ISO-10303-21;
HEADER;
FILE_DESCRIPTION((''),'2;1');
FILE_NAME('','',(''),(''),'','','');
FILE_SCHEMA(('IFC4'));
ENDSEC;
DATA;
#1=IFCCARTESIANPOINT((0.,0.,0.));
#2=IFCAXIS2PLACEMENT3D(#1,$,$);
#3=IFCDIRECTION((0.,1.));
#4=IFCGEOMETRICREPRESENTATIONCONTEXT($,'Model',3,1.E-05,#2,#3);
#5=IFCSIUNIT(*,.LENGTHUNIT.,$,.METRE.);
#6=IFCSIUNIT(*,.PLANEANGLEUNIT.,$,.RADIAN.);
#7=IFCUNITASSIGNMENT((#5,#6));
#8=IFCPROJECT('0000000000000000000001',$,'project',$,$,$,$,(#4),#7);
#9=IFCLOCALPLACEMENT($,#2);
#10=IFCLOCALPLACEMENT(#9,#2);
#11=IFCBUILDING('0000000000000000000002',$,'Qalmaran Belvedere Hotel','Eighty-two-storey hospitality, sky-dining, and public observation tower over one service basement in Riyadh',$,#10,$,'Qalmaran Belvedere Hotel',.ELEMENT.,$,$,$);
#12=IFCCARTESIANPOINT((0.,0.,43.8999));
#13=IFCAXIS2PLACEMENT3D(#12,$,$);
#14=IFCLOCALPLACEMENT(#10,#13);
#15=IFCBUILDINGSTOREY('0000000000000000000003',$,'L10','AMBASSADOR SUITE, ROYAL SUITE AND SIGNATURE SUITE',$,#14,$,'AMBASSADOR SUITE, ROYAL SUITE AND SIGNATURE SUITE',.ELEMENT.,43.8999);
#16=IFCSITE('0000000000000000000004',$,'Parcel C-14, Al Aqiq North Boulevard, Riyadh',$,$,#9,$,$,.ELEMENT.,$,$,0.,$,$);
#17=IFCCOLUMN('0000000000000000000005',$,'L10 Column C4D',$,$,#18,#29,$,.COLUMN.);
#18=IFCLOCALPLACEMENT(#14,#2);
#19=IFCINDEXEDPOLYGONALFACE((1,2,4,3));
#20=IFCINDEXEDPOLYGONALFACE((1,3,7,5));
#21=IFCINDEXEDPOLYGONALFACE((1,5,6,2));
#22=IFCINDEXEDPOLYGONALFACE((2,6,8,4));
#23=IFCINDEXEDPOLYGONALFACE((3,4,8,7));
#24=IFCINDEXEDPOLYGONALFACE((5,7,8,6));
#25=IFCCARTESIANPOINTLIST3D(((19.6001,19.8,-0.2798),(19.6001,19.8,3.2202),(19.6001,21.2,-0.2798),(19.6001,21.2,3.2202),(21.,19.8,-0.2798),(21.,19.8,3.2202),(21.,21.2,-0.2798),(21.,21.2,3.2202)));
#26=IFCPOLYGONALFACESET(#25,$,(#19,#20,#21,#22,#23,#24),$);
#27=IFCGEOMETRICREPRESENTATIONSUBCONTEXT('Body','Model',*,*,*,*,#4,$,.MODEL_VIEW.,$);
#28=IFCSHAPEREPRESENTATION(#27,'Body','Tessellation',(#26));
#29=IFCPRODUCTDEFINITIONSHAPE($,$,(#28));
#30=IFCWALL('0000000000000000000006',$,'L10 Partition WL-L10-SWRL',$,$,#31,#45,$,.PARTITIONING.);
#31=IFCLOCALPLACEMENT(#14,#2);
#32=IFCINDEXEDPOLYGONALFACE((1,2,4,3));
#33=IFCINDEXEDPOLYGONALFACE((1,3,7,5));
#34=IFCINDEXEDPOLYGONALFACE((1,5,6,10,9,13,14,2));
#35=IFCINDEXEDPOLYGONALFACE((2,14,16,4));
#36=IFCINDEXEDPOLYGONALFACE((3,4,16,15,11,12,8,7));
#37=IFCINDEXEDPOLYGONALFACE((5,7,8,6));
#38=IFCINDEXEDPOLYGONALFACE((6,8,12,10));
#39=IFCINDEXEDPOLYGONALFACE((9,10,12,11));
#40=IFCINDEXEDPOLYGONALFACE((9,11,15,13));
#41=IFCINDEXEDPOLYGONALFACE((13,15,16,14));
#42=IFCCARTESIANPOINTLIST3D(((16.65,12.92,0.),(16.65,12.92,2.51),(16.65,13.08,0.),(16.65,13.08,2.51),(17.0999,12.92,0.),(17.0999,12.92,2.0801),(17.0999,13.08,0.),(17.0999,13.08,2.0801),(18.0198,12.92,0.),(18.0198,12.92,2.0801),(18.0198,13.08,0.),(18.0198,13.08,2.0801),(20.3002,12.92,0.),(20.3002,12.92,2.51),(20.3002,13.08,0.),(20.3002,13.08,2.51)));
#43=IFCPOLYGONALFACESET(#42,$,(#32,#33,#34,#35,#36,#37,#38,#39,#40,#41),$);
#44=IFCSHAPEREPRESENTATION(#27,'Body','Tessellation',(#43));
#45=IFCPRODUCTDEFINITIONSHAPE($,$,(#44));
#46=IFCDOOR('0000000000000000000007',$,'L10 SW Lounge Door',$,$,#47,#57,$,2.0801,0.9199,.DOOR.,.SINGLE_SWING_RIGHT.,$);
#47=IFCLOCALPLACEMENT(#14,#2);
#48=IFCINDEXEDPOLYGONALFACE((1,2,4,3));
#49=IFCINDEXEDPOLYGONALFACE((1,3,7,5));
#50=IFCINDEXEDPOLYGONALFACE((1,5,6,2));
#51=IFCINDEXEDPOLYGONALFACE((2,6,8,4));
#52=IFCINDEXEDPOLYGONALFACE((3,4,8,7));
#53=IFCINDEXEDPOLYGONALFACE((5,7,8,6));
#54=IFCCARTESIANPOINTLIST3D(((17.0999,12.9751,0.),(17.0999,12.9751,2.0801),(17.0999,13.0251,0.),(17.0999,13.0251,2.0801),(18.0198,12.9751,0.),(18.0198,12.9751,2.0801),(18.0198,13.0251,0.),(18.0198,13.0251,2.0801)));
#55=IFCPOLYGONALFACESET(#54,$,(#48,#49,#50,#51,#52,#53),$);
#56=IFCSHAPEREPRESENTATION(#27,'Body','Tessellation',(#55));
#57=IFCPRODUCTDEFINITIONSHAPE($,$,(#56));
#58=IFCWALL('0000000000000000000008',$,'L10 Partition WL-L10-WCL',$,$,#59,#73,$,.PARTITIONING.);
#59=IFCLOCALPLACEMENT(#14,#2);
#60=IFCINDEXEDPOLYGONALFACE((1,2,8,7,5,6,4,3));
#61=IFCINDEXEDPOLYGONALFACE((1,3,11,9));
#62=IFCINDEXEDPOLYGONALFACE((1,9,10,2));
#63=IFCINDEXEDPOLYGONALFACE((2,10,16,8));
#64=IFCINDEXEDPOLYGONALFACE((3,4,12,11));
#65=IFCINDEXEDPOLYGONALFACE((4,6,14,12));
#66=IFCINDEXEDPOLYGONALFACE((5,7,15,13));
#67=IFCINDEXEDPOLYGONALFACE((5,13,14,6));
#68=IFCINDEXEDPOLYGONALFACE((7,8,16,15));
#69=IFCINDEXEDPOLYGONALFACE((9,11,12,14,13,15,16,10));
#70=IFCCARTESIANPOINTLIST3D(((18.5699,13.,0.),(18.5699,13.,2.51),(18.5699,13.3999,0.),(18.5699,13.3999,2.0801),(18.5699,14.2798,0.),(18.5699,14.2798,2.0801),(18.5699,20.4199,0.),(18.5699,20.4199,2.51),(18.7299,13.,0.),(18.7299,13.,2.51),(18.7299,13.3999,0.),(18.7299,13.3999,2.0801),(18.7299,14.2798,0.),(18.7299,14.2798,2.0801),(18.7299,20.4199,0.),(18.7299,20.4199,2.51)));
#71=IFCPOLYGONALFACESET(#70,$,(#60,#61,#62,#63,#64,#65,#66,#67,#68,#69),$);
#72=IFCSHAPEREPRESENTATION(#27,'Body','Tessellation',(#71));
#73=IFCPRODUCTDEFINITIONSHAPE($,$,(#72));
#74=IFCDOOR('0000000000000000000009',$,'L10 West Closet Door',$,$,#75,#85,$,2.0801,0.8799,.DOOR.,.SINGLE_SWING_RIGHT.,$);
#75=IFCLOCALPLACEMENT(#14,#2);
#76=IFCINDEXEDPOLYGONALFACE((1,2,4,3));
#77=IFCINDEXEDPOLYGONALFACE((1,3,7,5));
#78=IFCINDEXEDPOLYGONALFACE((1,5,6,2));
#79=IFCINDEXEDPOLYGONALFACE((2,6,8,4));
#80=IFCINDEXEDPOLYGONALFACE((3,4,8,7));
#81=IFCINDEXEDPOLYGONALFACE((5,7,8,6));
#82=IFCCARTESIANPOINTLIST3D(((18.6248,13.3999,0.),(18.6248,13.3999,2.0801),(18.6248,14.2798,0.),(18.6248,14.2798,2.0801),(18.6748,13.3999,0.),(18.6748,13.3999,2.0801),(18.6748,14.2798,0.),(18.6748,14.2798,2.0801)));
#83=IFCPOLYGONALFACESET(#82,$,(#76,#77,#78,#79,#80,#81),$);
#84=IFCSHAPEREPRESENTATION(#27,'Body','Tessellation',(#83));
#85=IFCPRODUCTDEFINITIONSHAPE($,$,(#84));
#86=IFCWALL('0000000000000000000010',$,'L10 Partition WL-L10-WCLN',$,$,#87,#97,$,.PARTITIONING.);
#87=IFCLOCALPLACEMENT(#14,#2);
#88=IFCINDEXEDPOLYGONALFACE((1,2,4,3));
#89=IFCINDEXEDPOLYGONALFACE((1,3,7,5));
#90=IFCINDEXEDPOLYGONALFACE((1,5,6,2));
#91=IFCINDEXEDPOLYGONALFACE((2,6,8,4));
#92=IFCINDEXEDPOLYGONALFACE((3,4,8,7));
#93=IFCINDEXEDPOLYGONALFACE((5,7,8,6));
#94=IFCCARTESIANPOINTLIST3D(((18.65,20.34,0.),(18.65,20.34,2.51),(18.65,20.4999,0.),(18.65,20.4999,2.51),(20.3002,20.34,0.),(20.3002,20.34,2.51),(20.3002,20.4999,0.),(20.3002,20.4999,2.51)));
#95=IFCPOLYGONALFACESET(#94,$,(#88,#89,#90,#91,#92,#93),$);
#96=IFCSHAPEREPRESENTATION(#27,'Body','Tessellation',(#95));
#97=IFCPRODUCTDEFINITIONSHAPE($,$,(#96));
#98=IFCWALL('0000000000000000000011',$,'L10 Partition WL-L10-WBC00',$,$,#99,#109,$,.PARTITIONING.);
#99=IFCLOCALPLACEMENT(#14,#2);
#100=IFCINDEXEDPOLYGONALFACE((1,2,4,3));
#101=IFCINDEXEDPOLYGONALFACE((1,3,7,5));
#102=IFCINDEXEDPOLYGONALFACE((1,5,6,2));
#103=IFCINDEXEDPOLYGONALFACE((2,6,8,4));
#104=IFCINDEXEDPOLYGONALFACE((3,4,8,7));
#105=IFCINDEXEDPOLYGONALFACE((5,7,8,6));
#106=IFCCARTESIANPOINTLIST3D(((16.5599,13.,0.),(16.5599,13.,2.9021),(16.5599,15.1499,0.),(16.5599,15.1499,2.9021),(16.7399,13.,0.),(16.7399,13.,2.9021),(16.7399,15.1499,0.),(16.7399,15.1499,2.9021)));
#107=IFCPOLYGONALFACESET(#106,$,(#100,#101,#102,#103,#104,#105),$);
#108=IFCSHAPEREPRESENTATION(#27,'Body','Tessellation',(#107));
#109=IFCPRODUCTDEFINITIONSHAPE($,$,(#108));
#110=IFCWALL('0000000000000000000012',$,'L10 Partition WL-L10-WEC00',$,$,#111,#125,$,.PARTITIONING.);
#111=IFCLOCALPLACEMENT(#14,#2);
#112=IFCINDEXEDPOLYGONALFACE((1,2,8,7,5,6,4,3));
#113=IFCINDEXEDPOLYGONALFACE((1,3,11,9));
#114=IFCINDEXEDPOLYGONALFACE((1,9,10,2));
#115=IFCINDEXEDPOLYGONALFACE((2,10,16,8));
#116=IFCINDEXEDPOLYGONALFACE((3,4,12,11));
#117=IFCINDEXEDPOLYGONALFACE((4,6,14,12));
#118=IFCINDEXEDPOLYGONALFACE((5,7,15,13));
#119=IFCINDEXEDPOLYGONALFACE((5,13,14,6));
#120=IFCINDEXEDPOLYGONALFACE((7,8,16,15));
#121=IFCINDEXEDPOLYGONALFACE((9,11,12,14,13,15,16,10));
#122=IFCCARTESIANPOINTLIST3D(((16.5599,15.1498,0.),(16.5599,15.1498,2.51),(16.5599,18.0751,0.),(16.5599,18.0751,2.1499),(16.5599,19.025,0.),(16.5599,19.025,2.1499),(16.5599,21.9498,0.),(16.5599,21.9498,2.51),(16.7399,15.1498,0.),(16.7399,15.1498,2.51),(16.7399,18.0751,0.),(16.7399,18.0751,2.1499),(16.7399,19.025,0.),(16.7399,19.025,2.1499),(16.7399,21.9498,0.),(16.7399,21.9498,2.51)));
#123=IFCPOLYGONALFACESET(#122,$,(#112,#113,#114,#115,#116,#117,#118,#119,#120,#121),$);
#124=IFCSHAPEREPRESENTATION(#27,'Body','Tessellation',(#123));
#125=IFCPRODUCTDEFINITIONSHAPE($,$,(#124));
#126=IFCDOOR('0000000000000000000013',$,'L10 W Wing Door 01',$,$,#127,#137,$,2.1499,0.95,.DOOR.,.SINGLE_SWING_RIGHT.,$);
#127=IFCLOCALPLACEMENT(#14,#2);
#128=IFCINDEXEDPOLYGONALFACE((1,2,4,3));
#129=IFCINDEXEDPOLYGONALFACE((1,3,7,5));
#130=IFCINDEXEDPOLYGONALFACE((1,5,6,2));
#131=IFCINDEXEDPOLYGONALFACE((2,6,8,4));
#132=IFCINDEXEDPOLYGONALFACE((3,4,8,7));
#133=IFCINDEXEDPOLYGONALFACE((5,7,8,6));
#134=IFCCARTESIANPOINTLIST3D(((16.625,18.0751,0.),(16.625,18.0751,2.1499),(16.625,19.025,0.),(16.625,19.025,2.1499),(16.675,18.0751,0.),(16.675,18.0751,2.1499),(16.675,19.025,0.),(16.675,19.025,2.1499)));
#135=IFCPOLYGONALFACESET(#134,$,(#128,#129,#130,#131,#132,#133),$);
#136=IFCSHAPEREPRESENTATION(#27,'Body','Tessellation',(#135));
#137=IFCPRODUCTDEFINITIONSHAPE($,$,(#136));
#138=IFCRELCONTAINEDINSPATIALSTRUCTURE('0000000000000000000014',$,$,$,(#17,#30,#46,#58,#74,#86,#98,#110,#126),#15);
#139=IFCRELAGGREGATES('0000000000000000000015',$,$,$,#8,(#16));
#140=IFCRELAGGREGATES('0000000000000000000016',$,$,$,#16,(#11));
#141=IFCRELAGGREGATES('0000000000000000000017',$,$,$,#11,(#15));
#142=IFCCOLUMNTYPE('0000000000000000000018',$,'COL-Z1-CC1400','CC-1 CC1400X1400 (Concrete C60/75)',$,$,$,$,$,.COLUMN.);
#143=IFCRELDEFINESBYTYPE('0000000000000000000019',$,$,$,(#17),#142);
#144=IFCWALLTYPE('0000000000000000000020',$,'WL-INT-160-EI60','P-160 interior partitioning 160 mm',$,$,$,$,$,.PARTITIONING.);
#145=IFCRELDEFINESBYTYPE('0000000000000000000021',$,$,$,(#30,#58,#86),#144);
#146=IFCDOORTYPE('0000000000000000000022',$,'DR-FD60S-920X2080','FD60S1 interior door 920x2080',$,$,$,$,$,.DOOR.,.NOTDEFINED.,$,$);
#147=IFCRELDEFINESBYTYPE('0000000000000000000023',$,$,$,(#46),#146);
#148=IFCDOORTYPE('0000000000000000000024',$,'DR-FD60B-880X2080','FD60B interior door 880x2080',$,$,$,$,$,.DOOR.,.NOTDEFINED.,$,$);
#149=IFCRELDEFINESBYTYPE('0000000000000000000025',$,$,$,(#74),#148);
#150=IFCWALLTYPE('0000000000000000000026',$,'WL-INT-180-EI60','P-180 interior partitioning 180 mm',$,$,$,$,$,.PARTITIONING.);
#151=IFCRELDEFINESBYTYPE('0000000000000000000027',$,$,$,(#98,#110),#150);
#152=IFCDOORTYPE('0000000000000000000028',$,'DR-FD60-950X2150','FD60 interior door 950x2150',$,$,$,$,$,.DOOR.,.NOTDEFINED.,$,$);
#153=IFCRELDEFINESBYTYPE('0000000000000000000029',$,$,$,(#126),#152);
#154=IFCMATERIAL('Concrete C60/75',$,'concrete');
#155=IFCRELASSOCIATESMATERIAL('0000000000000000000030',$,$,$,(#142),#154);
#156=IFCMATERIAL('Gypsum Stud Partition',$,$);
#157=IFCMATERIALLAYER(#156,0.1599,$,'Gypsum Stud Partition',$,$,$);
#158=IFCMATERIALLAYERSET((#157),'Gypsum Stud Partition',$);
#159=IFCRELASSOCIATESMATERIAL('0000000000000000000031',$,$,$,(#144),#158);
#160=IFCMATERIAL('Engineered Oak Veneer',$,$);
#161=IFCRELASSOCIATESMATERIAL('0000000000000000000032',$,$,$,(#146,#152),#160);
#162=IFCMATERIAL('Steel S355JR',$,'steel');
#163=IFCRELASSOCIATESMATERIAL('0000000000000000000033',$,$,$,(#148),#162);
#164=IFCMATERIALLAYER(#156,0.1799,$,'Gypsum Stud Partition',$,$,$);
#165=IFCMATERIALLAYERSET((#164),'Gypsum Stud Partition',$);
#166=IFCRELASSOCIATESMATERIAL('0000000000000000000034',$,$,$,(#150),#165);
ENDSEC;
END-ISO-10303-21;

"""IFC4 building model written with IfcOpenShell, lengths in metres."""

from ifc_helpers import new_model, si_unit, direction, frame, frame_2d, origin, origin_2d, place, context, subcontext, project, spatial, rectangle, extrude, material, layer, layer_set, material_profile, profile_set, type_object, element, fill, save


model = new_model("IFC4")

# Units and contexts
model_context = context("Model", 3, precision=1e-05, world=origin(), true_north=direction((0.0, 1.0)))
body_context = subcontext(model_context, "Body", "Model", "MODEL_VIEW")
ifc_project = project(units=[si_unit("LENGTHUNIT", "METRE"), si_unit("PLANEANGLEUNIT", "RADIAN")], contexts=[model_context])

# Site, building, storey
site_placement = place(None, origin())
site = spatial("IfcSite", under=ifc_project, at=site_placement, Name="Parcel C-14, Al Aqiq North Boulevard, Riyadh", CompositionType="ELEMENT", RefElevation=0.0)
building_placement = place(site_placement, origin())
building = spatial("IfcBuilding", under=site, at=building_placement, Name="Qalmaran Belvedere Hotel", Description="Eighty-two-storey hospitality, sky-dining, and public observation tower over one service basement in Riyadh", LongName="Qalmaran Belvedere Hotel", CompositionType="ELEMENT")
storey_placement = place(building_placement, frame((0.0, 0.0, 43.8999)))
storey = spatial("IfcBuildingStorey", under=building, at=storey_placement, Name="L10", Description="AMBASSADOR SUITE, ROYAL SUITE AND SIGNATURE SUITE", LongName="AMBASSADOR SUITE, ROYAL SUITE AND SIGNATURE SUITE", CompositionType="ELEMENT", Elevation=43.8999)

# Column
ifc_material_1 = material(Name="Concrete C60/75", Category="concrete")
ifc_material_profile = material_profile(ifc_material_1, rectangle(XDim=1.3999, YDim=1.3999, at=origin_2d()), Name="CC1400X1400")
ifc_profile_set = profile_set([ifc_material_profile], Name="Concrete C60/75")
column_type = type_object("IfcColumnType", Name="COL-Z1-CC1400", Description="CC-1 CC1400X1400 (Concrete C60/75)", PredefinedType="COLUMN", material=ifc_profile_set)
column_placement = place(storey_placement, frame((20.3, 20.5, -0.2798), z_axis=(0.0, 0.0, 1.0), x_axis=(1.0, 0.0, 0.0)))
element("IfcColumn", 1, at=column_placement, inside=storey, type_object=column_type, Name="L10 Column C4D", PredefinedType="COLUMN", context=body_context, shape_type="SweptSolid", body=[
    extrude(rectangle(XDim=1.3999, YDim=1.3999, at=origin_2d()), origin(), (0.0, 0.0, 1.0), 3.5),
])

# Walls, openings, doors
ifc_material_2 = material(Name="Gypsum Stud Partition")
ifc_layer_1 = layer(ifc_material_2, 0.1599, Name="Gypsum Stud Partition")
ifc_layer_set_1 = layer_set([ifc_layer_1], Name="Gypsum Stud Partition")
wall_type_1 = type_object("IfcWallType", Name="WL-INT-160-EI60", Description="P-160 interior partitioning 160 mm", PredefinedType="PARTITIONING", material=ifc_layer_set_1)
wall_1_placement = place(storey_placement, frame((16.6499, 13.0, 0.0), z_axis=(0.0, 0.0, 1.0), x_axis=(1.0, 0.0, 0.0)))
wall_1 = element("IfcWall", 2, at=wall_1_placement, inside=storey, type_object=wall_type_1, Name="L10 Partition WL-L10-SWRL", PredefinedType="PARTITIONING", context=body_context, shape_type="SweptSolid", body=[
    extrude(rectangle(XDim=3.6501, YDim=0.1599, at=frame_2d((1.8252, 0.0))), origin(), (0.0, 0.0, 1.0), 2.51),
])
opening_1_placement = place(wall_1_placement, frame((1.3699, 0.0, 0.0), z_axis=(0.0, 0.0, 1.0), x_axis=(-1.0, 0.0, 0.0)))
opening_1 = element("IfcOpeningElement", 3, at=opening_1_placement, cuts=wall_1, PredefinedType="OPENING", context=body_context, shape_type="SweptSolid", body=[
    extrude(rectangle(XDim=0.9199, YDim=2.0801, at=frame_2d((0.46, 1.04))), frame((0.0, 0.0898, 0.0), z_axis=(0.0, -1.0, 0.0), x_axis=(1.0, 0.0, 0.0)), (0.0, 0.0, 1.0), 0.1799),
])
ifc_material_3 = material(Name="Engineered Oak Veneer")
door_type_1 = type_object("IfcDoorType", Name="DR-FD60S-920X2080", Description="FD60S1 interior door 920x2080", OperationType="NOTDEFINED", PredefinedType="DOOR", material=ifc_material_3)
door_1_placement = place(opening_1_placement, origin())
door_1 = element("IfcDoor", 4, at=door_1_placement, inside=storey, type_object=door_type_1, Name="L10 SW Lounge Door", OperationType="SINGLE_SWING_RIGHT", OverallHeight=2.0801, OverallWidth=0.9199, PredefinedType="DOOR", context=body_context, shape_type="SweptSolid", body=[
    extrude(rectangle(XDim=0.9199, YDim=2.0801, at=frame_2d((0.46, 1.04))), frame((0.0, 0.0249, 0.0), z_axis=(0.0, -1.0, 0.0), x_axis=(1.0, 0.0, 0.0)), (0.0, 0.0, 1.0), 0.05),
])
fill(opening_1, door_1)
wall_2_placement = place(storey_placement, frame((18.6499, 13.0, 0.0), z_axis=(0.0, 0.0, 1.0), x_axis=(0.0, 1.0, 0.0)))
wall_2 = element("IfcWall", 5, at=wall_2_placement, inside=storey, type_object=wall_type_1, Name="L10 Partition WL-L10-WCL", PredefinedType="PARTITIONING", context=body_context, shape_type="SweptSolid", body=[
    extrude(rectangle(XDim=7.4199, YDim=0.1599, at=frame_2d((3.71, 0.0))), origin(), (0.0, 0.0, 1.0), 2.51),
])
opening_2_placement = place(wall_2_placement, frame((1.2798, 0.0, 0.0), z_axis=(0.0, 0.0, 1.0), x_axis=(-1.0, 0.0, 0.0)))
opening_2 = element("IfcOpeningElement", 6, at=opening_2_placement, cuts=wall_2, PredefinedType="OPENING", context=body_context, shape_type="SweptSolid", body=[
    extrude(rectangle(XDim=0.8799, YDim=2.0801, at=frame_2d((0.4399, 1.04))), frame((0.0, 0.0898, 0.0), z_axis=(0.0, -1.0, 0.0), x_axis=(1.0, 0.0, 0.0)), (0.0, 0.0, 1.0), 0.1799),
])
ifc_material_4 = material(Name="Steel S355JR", Category="steel")
door_type_2 = type_object("IfcDoorType", Name="DR-FD60B-880X2080", Description="FD60B interior door 880x2080", OperationType="NOTDEFINED", PredefinedType="DOOR", material=ifc_material_4)
door_2_placement = place(opening_2_placement, origin())
door_2 = element("IfcDoor", 7, at=door_2_placement, inside=storey, type_object=door_type_2, Name="L10 West Closet Door", OperationType="SINGLE_SWING_RIGHT", OverallHeight=2.0801, OverallWidth=0.8799, PredefinedType="DOOR", context=body_context, shape_type="SweptSolid", body=[
    extrude(rectangle(XDim=0.8799, YDim=2.0801, at=frame_2d((0.4399, 1.04))), frame((0.0, 0.0249, 0.0), z_axis=(0.0, -1.0, 0.0), x_axis=(1.0, 0.0, 0.0)), (0.0, 0.0, 1.0), 0.05),
])
fill(opening_2, door_2)

# Walls
wall_3_placement = place(storey_placement, frame((18.6499, 20.4199, 0.0), z_axis=(0.0, 0.0, 1.0), x_axis=(1.0, 0.0, 0.0)))
element("IfcWall", 8, at=wall_3_placement, inside=storey, type_object=wall_type_1, Name="L10 Partition WL-L10-WCLN", PredefinedType="PARTITIONING", context=body_context, shape_type="SweptSolid", body=[
    extrude(rectangle(XDim=1.6501, YDim=0.1599, at=frame_2d((0.8252, 0.0))), origin(), (0.0, 0.0, 1.0), 2.51),
])
ifc_layer_2 = layer(ifc_material_2, 0.1799, Name="Gypsum Stud Partition")
ifc_layer_set_2 = layer_set([ifc_layer_2], Name="Gypsum Stud Partition")
wall_type_2 = type_object("IfcWallType", Name="WL-INT-180-EI60", Description="P-180 interior partitioning 180 mm", PredefinedType="PARTITIONING", material=ifc_layer_set_2)
wall_4_placement = place(storey_placement, frame((16.6499, 13.0, 0.0), z_axis=(0.0, 0.0, 1.0), x_axis=(0.0, 1.0, 0.0)))
element("IfcWall", 9, at=wall_4_placement, inside=storey, type_object=wall_type_2, Name="L10 Partition WL-L10-WBC00", PredefinedType="PARTITIONING", context=body_context, shape_type="SweptSolid", body=[
    extrude(rectangle(XDim=2.1499, YDim=0.1799, at=frame_2d((1.075, 0.0))), origin(), (0.0, 0.0, 1.0), 2.9021),
])

# Wall, opening, door
wall_5_placement = place(storey_placement, frame((16.6499, 15.1499, 0.0), z_axis=(0.0, 0.0, 1.0), x_axis=(0.0, 1.0, 0.0)))
wall_5 = element("IfcWall", 10, at=wall_5_placement, inside=storey, type_object=wall_type_2, Name="L10 Partition WL-L10-WEC00", PredefinedType="PARTITIONING", context=body_context, shape_type="SweptSolid", body=[
    extrude(rectangle(XDim=6.8, YDim=0.1799, at=frame_2d((3.3999, 0.0))), origin(), (0.0, 0.0, 1.0), 2.51),
])
opening_3_placement = place(wall_5_placement, frame((2.925, 0.0, 0.0)))
opening_3 = element("IfcOpeningElement", 11, at=opening_3_placement, cuts=wall_5, PredefinedType="OPENING", context=body_context, shape_type="SweptSolid", body=[
    extrude(rectangle(XDim=0.95, YDim=2.1499, at=frame_2d((0.4751, 1.075))), frame((0.0, 0.1001, 0.0), z_axis=(0.0, -1.0, 0.0), x_axis=(1.0, 0.0, 0.0)), (0.0, 0.0, 1.0), 0.2),
])
door_type_3 = type_object("IfcDoorType", Name="DR-FD60-950X2150", Description="FD60 interior door 950x2150", OperationType="NOTDEFINED", PredefinedType="DOOR", material=ifc_material_3)
door_3_placement = place(opening_3_placement, origin())
door_3 = element("IfcDoor", 12, at=door_3_placement, inside=storey, type_object=door_type_3, Name="L10 W Wing Door 01", OperationType="SINGLE_SWING_RIGHT", OverallHeight=2.1499, OverallWidth=0.95, PredefinedType="DOOR", context=body_context, shape_type="SweptSolid", body=[
    extrude(rectangle(XDim=0.95, YDim=2.1499, at=frame_2d((0.4751, 1.075))), frame((0.0, 0.0249, 0.0), z_axis=(0.0, -1.0, 0.0), x_axis=(1.0, 0.0, 0.0)), (0.0, 0.0, 1.0), 0.05),
])
fill(opening_3, door_3)

save(model, "model.ifc")
